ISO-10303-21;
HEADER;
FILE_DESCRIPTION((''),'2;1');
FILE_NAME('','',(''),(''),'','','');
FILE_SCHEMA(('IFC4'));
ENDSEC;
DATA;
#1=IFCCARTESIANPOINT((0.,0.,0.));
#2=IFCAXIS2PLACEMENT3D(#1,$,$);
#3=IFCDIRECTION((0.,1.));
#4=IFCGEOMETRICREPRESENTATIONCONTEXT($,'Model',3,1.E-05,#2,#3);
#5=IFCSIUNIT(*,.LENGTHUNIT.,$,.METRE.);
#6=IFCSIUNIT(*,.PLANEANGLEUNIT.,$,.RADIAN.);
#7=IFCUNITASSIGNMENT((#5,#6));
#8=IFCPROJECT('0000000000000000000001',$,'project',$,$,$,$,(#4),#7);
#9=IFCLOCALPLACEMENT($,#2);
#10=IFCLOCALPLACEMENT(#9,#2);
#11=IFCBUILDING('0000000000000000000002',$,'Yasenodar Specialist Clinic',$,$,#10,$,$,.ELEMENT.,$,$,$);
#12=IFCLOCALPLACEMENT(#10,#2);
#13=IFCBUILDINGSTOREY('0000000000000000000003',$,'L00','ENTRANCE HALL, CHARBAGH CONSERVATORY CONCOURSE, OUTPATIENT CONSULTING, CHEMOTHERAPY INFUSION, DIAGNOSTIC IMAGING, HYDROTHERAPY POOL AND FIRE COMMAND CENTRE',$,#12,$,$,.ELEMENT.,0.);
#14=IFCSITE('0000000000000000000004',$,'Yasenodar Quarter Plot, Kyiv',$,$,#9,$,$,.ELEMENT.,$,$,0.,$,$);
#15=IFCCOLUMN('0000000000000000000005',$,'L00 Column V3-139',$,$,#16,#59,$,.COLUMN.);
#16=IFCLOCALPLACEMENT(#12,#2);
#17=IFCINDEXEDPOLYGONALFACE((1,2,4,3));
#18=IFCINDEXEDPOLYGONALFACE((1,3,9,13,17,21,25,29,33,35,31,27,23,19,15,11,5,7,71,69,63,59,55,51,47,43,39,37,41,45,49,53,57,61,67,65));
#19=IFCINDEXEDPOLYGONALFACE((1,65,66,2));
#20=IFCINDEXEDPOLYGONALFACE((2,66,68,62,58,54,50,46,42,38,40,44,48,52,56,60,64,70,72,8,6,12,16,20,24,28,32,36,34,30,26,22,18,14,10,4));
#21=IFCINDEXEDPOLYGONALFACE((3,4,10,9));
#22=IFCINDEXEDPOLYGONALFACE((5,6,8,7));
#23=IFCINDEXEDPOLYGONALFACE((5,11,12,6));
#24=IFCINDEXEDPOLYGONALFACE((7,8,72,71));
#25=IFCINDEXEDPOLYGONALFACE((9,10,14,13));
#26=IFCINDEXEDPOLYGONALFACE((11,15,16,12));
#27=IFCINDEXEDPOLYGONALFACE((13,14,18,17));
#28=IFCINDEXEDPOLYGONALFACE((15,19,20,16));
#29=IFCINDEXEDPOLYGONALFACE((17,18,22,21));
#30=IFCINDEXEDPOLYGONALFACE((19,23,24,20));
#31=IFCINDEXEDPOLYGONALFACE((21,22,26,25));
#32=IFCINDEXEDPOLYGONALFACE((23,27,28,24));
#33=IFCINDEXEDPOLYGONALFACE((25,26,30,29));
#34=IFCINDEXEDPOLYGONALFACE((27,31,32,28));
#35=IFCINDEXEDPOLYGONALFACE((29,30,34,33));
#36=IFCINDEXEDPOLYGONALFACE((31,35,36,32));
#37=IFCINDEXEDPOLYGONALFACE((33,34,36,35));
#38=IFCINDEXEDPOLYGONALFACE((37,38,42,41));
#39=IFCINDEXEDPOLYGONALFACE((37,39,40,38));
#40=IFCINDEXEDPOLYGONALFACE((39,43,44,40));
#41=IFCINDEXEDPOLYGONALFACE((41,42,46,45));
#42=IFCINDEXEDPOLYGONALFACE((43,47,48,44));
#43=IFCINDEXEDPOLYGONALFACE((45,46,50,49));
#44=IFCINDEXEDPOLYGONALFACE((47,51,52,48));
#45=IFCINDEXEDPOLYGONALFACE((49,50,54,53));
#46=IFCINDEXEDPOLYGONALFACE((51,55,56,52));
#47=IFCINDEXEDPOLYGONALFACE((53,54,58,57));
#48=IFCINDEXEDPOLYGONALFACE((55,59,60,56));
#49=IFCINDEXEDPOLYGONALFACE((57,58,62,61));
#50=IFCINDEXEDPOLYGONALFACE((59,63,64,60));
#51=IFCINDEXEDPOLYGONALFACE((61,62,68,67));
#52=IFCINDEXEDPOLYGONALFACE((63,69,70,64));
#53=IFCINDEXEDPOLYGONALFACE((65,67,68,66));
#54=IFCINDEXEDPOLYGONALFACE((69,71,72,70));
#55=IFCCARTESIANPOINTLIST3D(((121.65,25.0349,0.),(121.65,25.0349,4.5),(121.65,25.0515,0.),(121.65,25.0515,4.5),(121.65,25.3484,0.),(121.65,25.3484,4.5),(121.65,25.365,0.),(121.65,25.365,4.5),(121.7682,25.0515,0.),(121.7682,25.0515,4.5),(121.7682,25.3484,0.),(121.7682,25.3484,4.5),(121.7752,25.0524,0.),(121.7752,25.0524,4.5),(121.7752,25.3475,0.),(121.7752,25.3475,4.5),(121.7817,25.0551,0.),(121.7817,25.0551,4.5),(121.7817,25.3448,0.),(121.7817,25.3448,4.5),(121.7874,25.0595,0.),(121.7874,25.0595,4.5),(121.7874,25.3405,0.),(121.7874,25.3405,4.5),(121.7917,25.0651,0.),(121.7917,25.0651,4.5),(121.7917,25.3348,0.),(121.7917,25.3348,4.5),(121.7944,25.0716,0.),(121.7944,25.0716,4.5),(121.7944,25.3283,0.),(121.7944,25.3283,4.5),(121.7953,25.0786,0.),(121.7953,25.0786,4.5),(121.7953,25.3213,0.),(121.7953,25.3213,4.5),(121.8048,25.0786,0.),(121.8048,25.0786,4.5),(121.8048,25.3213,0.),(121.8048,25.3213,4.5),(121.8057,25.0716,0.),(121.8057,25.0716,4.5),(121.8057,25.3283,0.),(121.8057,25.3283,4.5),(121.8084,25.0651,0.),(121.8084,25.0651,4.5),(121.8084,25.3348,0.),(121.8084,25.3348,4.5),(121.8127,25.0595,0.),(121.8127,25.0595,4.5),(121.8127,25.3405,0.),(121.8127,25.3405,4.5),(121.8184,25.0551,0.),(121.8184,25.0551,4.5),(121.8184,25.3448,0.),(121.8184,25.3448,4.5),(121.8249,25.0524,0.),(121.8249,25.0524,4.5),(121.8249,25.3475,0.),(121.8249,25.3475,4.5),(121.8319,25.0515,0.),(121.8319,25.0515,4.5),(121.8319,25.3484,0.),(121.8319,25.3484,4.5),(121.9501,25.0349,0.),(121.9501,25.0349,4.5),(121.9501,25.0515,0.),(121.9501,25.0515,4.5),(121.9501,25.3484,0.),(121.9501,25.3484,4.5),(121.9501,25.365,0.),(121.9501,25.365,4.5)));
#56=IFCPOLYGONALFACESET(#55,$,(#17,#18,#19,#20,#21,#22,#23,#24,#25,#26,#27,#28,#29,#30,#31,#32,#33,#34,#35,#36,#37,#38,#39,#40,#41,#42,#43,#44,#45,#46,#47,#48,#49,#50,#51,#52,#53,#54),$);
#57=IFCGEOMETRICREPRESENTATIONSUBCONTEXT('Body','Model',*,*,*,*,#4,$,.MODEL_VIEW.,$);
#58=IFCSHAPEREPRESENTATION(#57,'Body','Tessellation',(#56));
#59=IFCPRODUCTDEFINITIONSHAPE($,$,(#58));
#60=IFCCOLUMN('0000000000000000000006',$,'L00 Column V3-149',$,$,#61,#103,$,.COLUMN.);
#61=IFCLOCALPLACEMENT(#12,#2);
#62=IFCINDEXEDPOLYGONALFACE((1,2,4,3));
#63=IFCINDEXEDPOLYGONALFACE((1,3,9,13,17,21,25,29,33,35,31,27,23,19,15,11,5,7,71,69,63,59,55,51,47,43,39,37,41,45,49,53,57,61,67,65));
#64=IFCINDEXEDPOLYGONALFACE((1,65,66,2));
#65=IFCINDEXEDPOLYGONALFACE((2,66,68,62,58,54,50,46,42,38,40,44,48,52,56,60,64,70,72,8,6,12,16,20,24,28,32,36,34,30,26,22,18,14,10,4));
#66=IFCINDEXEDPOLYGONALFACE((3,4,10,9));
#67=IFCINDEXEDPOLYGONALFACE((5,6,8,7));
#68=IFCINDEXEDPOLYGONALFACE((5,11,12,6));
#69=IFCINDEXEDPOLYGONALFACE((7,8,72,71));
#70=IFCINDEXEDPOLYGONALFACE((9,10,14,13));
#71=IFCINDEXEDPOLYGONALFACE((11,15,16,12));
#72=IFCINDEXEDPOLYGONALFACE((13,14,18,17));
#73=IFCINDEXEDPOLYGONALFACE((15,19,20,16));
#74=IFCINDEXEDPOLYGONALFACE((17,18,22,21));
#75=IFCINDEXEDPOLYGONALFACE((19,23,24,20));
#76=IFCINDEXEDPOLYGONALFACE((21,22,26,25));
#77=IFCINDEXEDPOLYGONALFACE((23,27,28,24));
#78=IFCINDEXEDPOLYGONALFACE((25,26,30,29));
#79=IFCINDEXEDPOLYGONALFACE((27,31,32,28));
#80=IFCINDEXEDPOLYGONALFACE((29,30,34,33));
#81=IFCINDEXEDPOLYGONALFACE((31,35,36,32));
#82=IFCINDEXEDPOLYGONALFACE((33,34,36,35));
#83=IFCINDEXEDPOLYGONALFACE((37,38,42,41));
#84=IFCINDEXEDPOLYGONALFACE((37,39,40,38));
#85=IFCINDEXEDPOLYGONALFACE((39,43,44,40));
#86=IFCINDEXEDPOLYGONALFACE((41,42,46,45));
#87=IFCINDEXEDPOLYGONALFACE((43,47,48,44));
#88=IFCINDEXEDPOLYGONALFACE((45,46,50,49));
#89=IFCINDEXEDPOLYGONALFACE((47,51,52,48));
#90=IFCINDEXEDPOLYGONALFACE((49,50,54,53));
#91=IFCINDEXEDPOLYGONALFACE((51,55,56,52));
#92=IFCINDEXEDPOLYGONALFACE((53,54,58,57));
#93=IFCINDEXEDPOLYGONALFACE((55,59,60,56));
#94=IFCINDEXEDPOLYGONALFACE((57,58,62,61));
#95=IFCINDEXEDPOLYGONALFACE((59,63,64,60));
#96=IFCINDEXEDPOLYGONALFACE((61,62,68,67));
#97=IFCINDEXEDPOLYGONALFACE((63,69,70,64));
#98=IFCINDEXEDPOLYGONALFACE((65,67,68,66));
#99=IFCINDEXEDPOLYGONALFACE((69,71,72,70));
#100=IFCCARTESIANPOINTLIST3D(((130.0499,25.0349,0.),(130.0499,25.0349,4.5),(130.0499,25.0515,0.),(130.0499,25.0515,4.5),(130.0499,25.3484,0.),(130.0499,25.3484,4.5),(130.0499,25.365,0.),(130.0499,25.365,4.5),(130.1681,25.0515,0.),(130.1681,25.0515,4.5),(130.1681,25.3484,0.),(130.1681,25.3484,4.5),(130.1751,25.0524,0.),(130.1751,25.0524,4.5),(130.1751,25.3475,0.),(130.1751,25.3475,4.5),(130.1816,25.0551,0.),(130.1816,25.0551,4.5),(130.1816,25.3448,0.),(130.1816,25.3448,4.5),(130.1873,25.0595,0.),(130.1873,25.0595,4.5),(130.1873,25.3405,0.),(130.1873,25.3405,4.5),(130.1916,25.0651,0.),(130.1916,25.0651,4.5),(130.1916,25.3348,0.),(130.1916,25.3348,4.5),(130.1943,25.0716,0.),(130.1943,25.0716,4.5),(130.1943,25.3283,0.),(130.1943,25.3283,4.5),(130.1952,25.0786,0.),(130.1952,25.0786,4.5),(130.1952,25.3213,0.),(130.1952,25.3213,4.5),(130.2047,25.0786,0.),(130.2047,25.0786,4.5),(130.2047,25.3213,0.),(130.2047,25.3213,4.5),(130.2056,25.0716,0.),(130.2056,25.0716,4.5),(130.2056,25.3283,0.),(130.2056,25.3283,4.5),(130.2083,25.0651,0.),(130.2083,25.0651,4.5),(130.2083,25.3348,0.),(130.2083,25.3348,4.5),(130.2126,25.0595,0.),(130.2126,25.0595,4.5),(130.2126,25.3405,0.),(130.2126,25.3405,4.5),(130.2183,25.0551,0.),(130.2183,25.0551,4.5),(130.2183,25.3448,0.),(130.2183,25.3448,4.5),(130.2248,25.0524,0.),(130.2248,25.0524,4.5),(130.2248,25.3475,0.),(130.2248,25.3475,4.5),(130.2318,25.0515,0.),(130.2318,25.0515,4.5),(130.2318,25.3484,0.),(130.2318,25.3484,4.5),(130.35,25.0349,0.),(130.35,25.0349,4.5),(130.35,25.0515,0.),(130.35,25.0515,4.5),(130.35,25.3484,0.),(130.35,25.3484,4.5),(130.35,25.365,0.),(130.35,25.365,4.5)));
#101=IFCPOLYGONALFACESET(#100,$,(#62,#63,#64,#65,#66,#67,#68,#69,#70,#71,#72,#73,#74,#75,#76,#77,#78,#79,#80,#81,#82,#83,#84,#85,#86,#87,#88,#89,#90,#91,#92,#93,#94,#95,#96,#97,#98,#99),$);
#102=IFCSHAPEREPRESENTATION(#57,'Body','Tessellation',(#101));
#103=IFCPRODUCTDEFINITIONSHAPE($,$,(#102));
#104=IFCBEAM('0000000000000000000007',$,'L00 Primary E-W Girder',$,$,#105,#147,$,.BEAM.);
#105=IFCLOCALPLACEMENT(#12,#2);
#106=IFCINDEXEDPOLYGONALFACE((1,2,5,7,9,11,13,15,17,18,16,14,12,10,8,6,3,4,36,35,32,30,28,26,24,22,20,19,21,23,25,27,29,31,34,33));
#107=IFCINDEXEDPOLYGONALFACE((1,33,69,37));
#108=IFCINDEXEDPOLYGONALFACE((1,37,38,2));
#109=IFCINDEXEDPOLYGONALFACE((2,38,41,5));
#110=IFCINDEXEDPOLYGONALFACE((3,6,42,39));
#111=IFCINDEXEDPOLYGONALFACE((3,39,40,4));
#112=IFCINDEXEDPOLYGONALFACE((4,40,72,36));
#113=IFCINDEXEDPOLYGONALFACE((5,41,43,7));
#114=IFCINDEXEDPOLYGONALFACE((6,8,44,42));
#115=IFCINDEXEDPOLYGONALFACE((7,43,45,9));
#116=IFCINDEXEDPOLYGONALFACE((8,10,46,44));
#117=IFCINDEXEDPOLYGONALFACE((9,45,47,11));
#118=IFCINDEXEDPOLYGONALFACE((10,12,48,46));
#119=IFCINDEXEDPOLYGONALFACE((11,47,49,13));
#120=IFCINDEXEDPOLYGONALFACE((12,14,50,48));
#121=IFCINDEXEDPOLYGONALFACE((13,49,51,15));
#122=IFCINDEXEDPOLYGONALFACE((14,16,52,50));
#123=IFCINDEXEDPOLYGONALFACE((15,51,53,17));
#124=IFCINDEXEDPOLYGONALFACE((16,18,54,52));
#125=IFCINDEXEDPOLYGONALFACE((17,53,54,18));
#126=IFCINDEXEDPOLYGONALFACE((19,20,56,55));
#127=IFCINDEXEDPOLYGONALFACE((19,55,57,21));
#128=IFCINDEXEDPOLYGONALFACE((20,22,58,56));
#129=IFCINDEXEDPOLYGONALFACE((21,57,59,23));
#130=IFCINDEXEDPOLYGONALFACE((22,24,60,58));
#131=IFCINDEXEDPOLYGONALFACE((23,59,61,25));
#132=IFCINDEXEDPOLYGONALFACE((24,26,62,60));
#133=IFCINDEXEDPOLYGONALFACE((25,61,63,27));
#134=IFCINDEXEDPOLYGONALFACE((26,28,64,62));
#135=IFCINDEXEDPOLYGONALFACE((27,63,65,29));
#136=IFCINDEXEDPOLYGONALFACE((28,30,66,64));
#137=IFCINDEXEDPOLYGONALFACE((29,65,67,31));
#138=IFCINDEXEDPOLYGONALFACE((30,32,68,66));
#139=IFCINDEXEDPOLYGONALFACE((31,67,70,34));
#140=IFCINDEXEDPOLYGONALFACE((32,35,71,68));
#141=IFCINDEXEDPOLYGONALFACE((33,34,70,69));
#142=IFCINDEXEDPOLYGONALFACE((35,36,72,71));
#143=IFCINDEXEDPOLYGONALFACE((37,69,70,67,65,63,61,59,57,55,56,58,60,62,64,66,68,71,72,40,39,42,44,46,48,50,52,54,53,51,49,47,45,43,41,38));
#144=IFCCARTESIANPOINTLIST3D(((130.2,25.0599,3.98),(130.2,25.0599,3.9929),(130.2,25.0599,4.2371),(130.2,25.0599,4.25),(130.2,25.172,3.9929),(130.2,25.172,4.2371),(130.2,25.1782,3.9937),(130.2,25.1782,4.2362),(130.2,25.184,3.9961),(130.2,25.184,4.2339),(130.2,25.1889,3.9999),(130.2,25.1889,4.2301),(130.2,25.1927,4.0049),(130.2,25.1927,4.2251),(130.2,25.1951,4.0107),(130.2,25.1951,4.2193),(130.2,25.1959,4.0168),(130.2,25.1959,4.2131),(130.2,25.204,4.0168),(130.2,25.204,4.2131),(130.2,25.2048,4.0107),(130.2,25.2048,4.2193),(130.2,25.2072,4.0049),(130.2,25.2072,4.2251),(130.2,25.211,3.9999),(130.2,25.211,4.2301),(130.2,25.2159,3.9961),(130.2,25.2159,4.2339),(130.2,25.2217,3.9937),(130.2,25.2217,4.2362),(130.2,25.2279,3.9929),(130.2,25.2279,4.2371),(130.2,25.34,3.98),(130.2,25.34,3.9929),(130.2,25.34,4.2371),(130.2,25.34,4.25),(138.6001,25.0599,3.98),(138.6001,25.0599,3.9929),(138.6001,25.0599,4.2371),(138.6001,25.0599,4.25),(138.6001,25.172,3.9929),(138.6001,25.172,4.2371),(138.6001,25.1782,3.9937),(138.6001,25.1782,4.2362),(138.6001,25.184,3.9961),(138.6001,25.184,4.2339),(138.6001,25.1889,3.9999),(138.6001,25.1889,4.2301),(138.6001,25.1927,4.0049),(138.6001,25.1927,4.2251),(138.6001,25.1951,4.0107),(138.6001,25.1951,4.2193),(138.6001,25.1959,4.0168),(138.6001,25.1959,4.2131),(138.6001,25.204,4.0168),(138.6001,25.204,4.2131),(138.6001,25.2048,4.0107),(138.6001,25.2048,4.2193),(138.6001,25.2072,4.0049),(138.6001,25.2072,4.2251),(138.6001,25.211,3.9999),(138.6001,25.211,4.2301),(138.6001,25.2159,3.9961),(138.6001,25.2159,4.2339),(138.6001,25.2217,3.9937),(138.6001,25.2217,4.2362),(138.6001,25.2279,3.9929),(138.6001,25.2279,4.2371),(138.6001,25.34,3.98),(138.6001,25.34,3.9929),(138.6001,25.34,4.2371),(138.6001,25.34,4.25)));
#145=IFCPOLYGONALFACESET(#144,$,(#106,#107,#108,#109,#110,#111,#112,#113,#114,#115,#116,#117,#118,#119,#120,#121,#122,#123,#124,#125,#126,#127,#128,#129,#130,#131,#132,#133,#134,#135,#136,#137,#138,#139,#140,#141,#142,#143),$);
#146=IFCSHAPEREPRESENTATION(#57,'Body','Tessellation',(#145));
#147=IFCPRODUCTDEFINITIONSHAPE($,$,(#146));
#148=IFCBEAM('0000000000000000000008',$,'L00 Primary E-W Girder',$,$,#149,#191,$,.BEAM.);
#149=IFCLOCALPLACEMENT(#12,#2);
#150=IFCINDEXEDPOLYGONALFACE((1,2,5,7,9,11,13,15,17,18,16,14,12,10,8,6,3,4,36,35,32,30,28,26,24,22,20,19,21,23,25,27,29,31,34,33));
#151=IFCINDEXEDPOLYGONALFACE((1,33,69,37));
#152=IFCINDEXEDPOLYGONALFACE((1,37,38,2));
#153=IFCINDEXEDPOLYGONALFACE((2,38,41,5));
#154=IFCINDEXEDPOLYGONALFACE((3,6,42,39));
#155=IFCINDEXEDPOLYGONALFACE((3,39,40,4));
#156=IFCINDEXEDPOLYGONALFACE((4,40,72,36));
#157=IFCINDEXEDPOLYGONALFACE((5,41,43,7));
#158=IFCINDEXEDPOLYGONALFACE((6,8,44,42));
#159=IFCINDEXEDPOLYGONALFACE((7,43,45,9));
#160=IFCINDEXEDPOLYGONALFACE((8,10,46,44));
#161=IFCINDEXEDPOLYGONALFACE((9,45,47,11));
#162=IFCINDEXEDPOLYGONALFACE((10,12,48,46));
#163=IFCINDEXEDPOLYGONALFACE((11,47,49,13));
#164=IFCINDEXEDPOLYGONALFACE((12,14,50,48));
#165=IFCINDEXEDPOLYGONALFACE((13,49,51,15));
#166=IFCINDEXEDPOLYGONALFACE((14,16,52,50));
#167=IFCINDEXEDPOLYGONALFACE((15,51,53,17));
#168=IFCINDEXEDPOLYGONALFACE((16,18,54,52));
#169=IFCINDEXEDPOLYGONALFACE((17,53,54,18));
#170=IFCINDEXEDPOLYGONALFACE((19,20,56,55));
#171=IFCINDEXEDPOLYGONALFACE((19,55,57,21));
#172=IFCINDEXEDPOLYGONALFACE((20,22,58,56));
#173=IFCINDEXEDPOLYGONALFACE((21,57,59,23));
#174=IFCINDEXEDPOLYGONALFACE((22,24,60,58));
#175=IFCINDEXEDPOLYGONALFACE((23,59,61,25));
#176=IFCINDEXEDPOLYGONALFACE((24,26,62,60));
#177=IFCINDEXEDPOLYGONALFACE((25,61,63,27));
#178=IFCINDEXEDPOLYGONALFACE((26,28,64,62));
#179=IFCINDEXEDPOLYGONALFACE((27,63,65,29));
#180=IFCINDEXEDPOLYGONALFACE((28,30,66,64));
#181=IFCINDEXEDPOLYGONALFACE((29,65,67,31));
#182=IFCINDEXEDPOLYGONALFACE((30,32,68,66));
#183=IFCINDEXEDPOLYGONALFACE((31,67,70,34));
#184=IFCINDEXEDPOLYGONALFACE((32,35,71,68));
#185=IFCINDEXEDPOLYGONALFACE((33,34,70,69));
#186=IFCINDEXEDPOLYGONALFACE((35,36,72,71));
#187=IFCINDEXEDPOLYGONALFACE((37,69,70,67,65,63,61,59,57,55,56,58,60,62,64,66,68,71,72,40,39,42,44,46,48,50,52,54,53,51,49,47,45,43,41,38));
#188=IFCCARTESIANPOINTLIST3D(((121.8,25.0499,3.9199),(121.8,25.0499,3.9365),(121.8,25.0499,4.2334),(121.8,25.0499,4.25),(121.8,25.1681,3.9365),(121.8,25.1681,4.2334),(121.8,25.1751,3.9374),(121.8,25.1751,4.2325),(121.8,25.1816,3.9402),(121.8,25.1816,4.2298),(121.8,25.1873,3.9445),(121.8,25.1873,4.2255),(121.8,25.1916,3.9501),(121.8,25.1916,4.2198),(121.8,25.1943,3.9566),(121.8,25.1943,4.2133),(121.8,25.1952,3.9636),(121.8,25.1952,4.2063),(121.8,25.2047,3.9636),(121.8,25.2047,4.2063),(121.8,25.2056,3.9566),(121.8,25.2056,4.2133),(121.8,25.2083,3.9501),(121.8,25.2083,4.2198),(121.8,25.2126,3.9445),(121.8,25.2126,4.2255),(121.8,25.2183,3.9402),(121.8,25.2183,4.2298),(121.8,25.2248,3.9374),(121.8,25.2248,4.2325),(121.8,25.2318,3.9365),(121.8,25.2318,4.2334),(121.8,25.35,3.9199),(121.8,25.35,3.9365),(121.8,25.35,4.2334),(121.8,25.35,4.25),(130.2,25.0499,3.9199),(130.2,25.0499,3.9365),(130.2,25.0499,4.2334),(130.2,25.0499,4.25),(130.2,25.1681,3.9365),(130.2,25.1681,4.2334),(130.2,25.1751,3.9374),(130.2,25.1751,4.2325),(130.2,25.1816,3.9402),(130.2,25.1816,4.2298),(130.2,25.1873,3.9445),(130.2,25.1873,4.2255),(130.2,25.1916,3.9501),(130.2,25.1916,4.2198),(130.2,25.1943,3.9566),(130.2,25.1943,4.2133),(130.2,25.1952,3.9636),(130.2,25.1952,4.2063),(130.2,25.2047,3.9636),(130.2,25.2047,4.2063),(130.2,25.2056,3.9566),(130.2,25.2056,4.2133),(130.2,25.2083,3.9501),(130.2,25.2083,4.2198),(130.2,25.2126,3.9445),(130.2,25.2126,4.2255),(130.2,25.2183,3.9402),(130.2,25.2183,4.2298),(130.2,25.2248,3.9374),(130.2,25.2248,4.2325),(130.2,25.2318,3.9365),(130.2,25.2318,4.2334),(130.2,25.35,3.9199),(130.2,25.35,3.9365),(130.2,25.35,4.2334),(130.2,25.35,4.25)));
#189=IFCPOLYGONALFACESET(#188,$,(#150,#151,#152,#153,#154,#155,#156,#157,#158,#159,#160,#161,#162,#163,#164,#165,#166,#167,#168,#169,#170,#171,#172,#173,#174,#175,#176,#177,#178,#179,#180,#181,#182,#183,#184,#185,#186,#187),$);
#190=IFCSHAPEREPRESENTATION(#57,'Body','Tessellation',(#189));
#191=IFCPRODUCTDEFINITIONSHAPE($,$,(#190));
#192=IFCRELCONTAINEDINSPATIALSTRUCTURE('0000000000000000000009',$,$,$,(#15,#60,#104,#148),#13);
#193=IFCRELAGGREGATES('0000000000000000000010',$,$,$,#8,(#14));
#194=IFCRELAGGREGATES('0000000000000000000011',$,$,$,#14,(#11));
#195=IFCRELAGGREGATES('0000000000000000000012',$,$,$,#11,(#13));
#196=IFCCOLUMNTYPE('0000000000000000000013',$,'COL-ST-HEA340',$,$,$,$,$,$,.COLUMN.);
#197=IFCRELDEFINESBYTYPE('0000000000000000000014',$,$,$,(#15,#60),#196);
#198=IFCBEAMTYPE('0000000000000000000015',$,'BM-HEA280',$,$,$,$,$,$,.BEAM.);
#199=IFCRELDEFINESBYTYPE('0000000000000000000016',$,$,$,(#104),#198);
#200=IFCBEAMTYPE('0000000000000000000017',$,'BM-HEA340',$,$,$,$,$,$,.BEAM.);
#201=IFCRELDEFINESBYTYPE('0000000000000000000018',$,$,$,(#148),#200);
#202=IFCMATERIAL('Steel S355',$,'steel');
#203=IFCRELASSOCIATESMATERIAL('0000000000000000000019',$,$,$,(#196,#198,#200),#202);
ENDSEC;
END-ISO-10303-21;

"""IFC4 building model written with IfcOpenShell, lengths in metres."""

from ifc_helpers import new_model, si_unit, direction, frame, origin, origin_2d, place, context, subcontext, project, spatial, i_section, extrude, material, material_profile, profile_set, type_object, element, save


model = new_model("IFC4")

# Units and contexts
model_context = context("Model", 3, precision=1e-05, world=origin(), true_north=direction((0.0, 1.0)))
body_context = subcontext(model_context, "Body", "Model", "MODEL_VIEW")
ifc_project = project(units=[si_unit("LENGTHUNIT", "METRE"), si_unit("PLANEANGLEUNIT", "RADIAN")], contexts=[model_context])

# Site, building, storey
site_placement = place(None, origin())
site = spatial("IfcSite", under=ifc_project, at=site_placement, Name="Yasenodar Quarter Plot, Kyiv", CompositionType="ELEMENT", RefElevation=0.0)
building_placement = place(site_placement, origin())
building = spatial("IfcBuilding", under=site, at=building_placement, Name="Yasenodar Specialist Clinic", CompositionType="ELEMENT")
storey_placement = place(building_placement, origin())
storey = spatial("IfcBuildingStorey", under=building, at=storey_placement, Name="L00", Description="ENTRANCE HALL, CHARBAGH CONSERVATORY CONCOURSE, OUTPATIENT CONSULTING, CHEMOTHERAPY INFUSION, DIAGNOSTIC IMAGING, HYDROTHERAPY POOL AND FIRE COMMAND CENTRE", CompositionType="ELEMENT", Elevation=0.0)

# Columns
ifc_material_1 = material(Name="Steel S355", Category="steel")
ifc_material_profile_1 = material_profile(ifc_material_1, i_section(OverallWidth=0.3, OverallDepth=0.3301, WebThickness=0.0095, FlangeThickness=0.0166, FilletRadius=0.0271, at=origin_2d()), Name="HEA 340")
ifc_profile_set_1 = profile_set([ifc_material_profile_1], Name="Steel S355")
column_type = type_object("IfcColumnType", Name="COL-ST-HEA340", PredefinedType="COLUMN", material=ifc_profile_set_1)
for number, where, z_axis, x_axis, name in (
    (1, (121.8, 25.2, 0.0), (0.0, 0.0, 1.0), (1.0, 0.0, 0.0), "L00 Column V3-139"),
    (2, (130.2, 25.2, 0.0), (0.0, 0.0, 1.0), (1.0, 0.0, 0.0), "L00 Column V3-149"),
):
    element("IfcColumn", number, at=place(storey_placement, frame(where, z_axis=z_axis, x_axis=x_axis)), inside=storey, type_object=column_type, Name=name, PredefinedType="COLUMN", context=body_context, shape_type="SweptSolid", body=[
        extrude(i_section(OverallWidth=0.3, OverallDepth=0.3301, WebThickness=0.0095, FlangeThickness=0.0166, FilletRadius=0.0271, at=origin_2d()), origin(), (0.0, 0.0, 1.0), 4.5),
    ])

# Beams
ifc_material_profile_2 = material_profile(ifc_material_1, i_section(OverallWidth=0.28, OverallDepth=0.27, WebThickness=0.0081, FlangeThickness=0.0129, FilletRadius=0.0239, at=origin_2d()), Name="HEA 280")
ifc_profile_set_2 = profile_set([ifc_material_profile_2], Name="Steel S355")
beam_type_1 = type_object("IfcBeamType", Name="BM-HEA280", PredefinedType="BEAM", material=ifc_profile_set_2)
beam_1_placement = place(storey_placement, frame((130.2, 25.2, 4.115), z_axis=(1.0, 0.0, 0.0), x_axis=(0.0, 1.0, 0.0)))
element("IfcBeam", 3, at=beam_1_placement, inside=storey, type_object=beam_type_1, Name="L00 Primary E-W Girder", PredefinedType="BEAM", context=body_context, shape_type="SweptSolid", body=[
    extrude(i_section(OverallWidth=0.28, OverallDepth=0.27, WebThickness=0.0081, FlangeThickness=0.0129, FilletRadius=0.0239, at=origin_2d()), origin(), (0.0, 0.0, 1.0), 8.4001),
])
ifc_material_profile_3 = material_profile(ifc_material_1, i_section(OverallWidth=0.3, OverallDepth=0.3301, WebThickness=0.0095, FlangeThickness=0.0166, FilletRadius=0.0271, at=origin_2d()), Name="HEA 340")
ifc_profile_set_3 = profile_set([ifc_material_profile_3], Name="Steel S355")
beam_type_2 = type_object("IfcBeamType", Name="BM-HEA340", PredefinedType="BEAM", material=ifc_profile_set_3)
beam_2_placement = place(storey_placement, frame((121.8, 25.2, 4.085), z_axis=(1.0, 0.0, 0.0), x_axis=(0.0, 1.0, 0.0)))
element("IfcBeam", 4, at=beam_2_placement, inside=storey, type_object=beam_type_2, Name="L00 Primary E-W Girder", PredefinedType="BEAM", context=body_context, shape_type="SweptSolid", body=[
    extrude(i_section(OverallWidth=0.3, OverallDepth=0.3301, WebThickness=0.0095, FlangeThickness=0.0166, FilletRadius=0.0271, at=origin_2d()), origin(), (0.0, 0.0, 1.0), 8.3999),
])

save(model, "model.ifc")
